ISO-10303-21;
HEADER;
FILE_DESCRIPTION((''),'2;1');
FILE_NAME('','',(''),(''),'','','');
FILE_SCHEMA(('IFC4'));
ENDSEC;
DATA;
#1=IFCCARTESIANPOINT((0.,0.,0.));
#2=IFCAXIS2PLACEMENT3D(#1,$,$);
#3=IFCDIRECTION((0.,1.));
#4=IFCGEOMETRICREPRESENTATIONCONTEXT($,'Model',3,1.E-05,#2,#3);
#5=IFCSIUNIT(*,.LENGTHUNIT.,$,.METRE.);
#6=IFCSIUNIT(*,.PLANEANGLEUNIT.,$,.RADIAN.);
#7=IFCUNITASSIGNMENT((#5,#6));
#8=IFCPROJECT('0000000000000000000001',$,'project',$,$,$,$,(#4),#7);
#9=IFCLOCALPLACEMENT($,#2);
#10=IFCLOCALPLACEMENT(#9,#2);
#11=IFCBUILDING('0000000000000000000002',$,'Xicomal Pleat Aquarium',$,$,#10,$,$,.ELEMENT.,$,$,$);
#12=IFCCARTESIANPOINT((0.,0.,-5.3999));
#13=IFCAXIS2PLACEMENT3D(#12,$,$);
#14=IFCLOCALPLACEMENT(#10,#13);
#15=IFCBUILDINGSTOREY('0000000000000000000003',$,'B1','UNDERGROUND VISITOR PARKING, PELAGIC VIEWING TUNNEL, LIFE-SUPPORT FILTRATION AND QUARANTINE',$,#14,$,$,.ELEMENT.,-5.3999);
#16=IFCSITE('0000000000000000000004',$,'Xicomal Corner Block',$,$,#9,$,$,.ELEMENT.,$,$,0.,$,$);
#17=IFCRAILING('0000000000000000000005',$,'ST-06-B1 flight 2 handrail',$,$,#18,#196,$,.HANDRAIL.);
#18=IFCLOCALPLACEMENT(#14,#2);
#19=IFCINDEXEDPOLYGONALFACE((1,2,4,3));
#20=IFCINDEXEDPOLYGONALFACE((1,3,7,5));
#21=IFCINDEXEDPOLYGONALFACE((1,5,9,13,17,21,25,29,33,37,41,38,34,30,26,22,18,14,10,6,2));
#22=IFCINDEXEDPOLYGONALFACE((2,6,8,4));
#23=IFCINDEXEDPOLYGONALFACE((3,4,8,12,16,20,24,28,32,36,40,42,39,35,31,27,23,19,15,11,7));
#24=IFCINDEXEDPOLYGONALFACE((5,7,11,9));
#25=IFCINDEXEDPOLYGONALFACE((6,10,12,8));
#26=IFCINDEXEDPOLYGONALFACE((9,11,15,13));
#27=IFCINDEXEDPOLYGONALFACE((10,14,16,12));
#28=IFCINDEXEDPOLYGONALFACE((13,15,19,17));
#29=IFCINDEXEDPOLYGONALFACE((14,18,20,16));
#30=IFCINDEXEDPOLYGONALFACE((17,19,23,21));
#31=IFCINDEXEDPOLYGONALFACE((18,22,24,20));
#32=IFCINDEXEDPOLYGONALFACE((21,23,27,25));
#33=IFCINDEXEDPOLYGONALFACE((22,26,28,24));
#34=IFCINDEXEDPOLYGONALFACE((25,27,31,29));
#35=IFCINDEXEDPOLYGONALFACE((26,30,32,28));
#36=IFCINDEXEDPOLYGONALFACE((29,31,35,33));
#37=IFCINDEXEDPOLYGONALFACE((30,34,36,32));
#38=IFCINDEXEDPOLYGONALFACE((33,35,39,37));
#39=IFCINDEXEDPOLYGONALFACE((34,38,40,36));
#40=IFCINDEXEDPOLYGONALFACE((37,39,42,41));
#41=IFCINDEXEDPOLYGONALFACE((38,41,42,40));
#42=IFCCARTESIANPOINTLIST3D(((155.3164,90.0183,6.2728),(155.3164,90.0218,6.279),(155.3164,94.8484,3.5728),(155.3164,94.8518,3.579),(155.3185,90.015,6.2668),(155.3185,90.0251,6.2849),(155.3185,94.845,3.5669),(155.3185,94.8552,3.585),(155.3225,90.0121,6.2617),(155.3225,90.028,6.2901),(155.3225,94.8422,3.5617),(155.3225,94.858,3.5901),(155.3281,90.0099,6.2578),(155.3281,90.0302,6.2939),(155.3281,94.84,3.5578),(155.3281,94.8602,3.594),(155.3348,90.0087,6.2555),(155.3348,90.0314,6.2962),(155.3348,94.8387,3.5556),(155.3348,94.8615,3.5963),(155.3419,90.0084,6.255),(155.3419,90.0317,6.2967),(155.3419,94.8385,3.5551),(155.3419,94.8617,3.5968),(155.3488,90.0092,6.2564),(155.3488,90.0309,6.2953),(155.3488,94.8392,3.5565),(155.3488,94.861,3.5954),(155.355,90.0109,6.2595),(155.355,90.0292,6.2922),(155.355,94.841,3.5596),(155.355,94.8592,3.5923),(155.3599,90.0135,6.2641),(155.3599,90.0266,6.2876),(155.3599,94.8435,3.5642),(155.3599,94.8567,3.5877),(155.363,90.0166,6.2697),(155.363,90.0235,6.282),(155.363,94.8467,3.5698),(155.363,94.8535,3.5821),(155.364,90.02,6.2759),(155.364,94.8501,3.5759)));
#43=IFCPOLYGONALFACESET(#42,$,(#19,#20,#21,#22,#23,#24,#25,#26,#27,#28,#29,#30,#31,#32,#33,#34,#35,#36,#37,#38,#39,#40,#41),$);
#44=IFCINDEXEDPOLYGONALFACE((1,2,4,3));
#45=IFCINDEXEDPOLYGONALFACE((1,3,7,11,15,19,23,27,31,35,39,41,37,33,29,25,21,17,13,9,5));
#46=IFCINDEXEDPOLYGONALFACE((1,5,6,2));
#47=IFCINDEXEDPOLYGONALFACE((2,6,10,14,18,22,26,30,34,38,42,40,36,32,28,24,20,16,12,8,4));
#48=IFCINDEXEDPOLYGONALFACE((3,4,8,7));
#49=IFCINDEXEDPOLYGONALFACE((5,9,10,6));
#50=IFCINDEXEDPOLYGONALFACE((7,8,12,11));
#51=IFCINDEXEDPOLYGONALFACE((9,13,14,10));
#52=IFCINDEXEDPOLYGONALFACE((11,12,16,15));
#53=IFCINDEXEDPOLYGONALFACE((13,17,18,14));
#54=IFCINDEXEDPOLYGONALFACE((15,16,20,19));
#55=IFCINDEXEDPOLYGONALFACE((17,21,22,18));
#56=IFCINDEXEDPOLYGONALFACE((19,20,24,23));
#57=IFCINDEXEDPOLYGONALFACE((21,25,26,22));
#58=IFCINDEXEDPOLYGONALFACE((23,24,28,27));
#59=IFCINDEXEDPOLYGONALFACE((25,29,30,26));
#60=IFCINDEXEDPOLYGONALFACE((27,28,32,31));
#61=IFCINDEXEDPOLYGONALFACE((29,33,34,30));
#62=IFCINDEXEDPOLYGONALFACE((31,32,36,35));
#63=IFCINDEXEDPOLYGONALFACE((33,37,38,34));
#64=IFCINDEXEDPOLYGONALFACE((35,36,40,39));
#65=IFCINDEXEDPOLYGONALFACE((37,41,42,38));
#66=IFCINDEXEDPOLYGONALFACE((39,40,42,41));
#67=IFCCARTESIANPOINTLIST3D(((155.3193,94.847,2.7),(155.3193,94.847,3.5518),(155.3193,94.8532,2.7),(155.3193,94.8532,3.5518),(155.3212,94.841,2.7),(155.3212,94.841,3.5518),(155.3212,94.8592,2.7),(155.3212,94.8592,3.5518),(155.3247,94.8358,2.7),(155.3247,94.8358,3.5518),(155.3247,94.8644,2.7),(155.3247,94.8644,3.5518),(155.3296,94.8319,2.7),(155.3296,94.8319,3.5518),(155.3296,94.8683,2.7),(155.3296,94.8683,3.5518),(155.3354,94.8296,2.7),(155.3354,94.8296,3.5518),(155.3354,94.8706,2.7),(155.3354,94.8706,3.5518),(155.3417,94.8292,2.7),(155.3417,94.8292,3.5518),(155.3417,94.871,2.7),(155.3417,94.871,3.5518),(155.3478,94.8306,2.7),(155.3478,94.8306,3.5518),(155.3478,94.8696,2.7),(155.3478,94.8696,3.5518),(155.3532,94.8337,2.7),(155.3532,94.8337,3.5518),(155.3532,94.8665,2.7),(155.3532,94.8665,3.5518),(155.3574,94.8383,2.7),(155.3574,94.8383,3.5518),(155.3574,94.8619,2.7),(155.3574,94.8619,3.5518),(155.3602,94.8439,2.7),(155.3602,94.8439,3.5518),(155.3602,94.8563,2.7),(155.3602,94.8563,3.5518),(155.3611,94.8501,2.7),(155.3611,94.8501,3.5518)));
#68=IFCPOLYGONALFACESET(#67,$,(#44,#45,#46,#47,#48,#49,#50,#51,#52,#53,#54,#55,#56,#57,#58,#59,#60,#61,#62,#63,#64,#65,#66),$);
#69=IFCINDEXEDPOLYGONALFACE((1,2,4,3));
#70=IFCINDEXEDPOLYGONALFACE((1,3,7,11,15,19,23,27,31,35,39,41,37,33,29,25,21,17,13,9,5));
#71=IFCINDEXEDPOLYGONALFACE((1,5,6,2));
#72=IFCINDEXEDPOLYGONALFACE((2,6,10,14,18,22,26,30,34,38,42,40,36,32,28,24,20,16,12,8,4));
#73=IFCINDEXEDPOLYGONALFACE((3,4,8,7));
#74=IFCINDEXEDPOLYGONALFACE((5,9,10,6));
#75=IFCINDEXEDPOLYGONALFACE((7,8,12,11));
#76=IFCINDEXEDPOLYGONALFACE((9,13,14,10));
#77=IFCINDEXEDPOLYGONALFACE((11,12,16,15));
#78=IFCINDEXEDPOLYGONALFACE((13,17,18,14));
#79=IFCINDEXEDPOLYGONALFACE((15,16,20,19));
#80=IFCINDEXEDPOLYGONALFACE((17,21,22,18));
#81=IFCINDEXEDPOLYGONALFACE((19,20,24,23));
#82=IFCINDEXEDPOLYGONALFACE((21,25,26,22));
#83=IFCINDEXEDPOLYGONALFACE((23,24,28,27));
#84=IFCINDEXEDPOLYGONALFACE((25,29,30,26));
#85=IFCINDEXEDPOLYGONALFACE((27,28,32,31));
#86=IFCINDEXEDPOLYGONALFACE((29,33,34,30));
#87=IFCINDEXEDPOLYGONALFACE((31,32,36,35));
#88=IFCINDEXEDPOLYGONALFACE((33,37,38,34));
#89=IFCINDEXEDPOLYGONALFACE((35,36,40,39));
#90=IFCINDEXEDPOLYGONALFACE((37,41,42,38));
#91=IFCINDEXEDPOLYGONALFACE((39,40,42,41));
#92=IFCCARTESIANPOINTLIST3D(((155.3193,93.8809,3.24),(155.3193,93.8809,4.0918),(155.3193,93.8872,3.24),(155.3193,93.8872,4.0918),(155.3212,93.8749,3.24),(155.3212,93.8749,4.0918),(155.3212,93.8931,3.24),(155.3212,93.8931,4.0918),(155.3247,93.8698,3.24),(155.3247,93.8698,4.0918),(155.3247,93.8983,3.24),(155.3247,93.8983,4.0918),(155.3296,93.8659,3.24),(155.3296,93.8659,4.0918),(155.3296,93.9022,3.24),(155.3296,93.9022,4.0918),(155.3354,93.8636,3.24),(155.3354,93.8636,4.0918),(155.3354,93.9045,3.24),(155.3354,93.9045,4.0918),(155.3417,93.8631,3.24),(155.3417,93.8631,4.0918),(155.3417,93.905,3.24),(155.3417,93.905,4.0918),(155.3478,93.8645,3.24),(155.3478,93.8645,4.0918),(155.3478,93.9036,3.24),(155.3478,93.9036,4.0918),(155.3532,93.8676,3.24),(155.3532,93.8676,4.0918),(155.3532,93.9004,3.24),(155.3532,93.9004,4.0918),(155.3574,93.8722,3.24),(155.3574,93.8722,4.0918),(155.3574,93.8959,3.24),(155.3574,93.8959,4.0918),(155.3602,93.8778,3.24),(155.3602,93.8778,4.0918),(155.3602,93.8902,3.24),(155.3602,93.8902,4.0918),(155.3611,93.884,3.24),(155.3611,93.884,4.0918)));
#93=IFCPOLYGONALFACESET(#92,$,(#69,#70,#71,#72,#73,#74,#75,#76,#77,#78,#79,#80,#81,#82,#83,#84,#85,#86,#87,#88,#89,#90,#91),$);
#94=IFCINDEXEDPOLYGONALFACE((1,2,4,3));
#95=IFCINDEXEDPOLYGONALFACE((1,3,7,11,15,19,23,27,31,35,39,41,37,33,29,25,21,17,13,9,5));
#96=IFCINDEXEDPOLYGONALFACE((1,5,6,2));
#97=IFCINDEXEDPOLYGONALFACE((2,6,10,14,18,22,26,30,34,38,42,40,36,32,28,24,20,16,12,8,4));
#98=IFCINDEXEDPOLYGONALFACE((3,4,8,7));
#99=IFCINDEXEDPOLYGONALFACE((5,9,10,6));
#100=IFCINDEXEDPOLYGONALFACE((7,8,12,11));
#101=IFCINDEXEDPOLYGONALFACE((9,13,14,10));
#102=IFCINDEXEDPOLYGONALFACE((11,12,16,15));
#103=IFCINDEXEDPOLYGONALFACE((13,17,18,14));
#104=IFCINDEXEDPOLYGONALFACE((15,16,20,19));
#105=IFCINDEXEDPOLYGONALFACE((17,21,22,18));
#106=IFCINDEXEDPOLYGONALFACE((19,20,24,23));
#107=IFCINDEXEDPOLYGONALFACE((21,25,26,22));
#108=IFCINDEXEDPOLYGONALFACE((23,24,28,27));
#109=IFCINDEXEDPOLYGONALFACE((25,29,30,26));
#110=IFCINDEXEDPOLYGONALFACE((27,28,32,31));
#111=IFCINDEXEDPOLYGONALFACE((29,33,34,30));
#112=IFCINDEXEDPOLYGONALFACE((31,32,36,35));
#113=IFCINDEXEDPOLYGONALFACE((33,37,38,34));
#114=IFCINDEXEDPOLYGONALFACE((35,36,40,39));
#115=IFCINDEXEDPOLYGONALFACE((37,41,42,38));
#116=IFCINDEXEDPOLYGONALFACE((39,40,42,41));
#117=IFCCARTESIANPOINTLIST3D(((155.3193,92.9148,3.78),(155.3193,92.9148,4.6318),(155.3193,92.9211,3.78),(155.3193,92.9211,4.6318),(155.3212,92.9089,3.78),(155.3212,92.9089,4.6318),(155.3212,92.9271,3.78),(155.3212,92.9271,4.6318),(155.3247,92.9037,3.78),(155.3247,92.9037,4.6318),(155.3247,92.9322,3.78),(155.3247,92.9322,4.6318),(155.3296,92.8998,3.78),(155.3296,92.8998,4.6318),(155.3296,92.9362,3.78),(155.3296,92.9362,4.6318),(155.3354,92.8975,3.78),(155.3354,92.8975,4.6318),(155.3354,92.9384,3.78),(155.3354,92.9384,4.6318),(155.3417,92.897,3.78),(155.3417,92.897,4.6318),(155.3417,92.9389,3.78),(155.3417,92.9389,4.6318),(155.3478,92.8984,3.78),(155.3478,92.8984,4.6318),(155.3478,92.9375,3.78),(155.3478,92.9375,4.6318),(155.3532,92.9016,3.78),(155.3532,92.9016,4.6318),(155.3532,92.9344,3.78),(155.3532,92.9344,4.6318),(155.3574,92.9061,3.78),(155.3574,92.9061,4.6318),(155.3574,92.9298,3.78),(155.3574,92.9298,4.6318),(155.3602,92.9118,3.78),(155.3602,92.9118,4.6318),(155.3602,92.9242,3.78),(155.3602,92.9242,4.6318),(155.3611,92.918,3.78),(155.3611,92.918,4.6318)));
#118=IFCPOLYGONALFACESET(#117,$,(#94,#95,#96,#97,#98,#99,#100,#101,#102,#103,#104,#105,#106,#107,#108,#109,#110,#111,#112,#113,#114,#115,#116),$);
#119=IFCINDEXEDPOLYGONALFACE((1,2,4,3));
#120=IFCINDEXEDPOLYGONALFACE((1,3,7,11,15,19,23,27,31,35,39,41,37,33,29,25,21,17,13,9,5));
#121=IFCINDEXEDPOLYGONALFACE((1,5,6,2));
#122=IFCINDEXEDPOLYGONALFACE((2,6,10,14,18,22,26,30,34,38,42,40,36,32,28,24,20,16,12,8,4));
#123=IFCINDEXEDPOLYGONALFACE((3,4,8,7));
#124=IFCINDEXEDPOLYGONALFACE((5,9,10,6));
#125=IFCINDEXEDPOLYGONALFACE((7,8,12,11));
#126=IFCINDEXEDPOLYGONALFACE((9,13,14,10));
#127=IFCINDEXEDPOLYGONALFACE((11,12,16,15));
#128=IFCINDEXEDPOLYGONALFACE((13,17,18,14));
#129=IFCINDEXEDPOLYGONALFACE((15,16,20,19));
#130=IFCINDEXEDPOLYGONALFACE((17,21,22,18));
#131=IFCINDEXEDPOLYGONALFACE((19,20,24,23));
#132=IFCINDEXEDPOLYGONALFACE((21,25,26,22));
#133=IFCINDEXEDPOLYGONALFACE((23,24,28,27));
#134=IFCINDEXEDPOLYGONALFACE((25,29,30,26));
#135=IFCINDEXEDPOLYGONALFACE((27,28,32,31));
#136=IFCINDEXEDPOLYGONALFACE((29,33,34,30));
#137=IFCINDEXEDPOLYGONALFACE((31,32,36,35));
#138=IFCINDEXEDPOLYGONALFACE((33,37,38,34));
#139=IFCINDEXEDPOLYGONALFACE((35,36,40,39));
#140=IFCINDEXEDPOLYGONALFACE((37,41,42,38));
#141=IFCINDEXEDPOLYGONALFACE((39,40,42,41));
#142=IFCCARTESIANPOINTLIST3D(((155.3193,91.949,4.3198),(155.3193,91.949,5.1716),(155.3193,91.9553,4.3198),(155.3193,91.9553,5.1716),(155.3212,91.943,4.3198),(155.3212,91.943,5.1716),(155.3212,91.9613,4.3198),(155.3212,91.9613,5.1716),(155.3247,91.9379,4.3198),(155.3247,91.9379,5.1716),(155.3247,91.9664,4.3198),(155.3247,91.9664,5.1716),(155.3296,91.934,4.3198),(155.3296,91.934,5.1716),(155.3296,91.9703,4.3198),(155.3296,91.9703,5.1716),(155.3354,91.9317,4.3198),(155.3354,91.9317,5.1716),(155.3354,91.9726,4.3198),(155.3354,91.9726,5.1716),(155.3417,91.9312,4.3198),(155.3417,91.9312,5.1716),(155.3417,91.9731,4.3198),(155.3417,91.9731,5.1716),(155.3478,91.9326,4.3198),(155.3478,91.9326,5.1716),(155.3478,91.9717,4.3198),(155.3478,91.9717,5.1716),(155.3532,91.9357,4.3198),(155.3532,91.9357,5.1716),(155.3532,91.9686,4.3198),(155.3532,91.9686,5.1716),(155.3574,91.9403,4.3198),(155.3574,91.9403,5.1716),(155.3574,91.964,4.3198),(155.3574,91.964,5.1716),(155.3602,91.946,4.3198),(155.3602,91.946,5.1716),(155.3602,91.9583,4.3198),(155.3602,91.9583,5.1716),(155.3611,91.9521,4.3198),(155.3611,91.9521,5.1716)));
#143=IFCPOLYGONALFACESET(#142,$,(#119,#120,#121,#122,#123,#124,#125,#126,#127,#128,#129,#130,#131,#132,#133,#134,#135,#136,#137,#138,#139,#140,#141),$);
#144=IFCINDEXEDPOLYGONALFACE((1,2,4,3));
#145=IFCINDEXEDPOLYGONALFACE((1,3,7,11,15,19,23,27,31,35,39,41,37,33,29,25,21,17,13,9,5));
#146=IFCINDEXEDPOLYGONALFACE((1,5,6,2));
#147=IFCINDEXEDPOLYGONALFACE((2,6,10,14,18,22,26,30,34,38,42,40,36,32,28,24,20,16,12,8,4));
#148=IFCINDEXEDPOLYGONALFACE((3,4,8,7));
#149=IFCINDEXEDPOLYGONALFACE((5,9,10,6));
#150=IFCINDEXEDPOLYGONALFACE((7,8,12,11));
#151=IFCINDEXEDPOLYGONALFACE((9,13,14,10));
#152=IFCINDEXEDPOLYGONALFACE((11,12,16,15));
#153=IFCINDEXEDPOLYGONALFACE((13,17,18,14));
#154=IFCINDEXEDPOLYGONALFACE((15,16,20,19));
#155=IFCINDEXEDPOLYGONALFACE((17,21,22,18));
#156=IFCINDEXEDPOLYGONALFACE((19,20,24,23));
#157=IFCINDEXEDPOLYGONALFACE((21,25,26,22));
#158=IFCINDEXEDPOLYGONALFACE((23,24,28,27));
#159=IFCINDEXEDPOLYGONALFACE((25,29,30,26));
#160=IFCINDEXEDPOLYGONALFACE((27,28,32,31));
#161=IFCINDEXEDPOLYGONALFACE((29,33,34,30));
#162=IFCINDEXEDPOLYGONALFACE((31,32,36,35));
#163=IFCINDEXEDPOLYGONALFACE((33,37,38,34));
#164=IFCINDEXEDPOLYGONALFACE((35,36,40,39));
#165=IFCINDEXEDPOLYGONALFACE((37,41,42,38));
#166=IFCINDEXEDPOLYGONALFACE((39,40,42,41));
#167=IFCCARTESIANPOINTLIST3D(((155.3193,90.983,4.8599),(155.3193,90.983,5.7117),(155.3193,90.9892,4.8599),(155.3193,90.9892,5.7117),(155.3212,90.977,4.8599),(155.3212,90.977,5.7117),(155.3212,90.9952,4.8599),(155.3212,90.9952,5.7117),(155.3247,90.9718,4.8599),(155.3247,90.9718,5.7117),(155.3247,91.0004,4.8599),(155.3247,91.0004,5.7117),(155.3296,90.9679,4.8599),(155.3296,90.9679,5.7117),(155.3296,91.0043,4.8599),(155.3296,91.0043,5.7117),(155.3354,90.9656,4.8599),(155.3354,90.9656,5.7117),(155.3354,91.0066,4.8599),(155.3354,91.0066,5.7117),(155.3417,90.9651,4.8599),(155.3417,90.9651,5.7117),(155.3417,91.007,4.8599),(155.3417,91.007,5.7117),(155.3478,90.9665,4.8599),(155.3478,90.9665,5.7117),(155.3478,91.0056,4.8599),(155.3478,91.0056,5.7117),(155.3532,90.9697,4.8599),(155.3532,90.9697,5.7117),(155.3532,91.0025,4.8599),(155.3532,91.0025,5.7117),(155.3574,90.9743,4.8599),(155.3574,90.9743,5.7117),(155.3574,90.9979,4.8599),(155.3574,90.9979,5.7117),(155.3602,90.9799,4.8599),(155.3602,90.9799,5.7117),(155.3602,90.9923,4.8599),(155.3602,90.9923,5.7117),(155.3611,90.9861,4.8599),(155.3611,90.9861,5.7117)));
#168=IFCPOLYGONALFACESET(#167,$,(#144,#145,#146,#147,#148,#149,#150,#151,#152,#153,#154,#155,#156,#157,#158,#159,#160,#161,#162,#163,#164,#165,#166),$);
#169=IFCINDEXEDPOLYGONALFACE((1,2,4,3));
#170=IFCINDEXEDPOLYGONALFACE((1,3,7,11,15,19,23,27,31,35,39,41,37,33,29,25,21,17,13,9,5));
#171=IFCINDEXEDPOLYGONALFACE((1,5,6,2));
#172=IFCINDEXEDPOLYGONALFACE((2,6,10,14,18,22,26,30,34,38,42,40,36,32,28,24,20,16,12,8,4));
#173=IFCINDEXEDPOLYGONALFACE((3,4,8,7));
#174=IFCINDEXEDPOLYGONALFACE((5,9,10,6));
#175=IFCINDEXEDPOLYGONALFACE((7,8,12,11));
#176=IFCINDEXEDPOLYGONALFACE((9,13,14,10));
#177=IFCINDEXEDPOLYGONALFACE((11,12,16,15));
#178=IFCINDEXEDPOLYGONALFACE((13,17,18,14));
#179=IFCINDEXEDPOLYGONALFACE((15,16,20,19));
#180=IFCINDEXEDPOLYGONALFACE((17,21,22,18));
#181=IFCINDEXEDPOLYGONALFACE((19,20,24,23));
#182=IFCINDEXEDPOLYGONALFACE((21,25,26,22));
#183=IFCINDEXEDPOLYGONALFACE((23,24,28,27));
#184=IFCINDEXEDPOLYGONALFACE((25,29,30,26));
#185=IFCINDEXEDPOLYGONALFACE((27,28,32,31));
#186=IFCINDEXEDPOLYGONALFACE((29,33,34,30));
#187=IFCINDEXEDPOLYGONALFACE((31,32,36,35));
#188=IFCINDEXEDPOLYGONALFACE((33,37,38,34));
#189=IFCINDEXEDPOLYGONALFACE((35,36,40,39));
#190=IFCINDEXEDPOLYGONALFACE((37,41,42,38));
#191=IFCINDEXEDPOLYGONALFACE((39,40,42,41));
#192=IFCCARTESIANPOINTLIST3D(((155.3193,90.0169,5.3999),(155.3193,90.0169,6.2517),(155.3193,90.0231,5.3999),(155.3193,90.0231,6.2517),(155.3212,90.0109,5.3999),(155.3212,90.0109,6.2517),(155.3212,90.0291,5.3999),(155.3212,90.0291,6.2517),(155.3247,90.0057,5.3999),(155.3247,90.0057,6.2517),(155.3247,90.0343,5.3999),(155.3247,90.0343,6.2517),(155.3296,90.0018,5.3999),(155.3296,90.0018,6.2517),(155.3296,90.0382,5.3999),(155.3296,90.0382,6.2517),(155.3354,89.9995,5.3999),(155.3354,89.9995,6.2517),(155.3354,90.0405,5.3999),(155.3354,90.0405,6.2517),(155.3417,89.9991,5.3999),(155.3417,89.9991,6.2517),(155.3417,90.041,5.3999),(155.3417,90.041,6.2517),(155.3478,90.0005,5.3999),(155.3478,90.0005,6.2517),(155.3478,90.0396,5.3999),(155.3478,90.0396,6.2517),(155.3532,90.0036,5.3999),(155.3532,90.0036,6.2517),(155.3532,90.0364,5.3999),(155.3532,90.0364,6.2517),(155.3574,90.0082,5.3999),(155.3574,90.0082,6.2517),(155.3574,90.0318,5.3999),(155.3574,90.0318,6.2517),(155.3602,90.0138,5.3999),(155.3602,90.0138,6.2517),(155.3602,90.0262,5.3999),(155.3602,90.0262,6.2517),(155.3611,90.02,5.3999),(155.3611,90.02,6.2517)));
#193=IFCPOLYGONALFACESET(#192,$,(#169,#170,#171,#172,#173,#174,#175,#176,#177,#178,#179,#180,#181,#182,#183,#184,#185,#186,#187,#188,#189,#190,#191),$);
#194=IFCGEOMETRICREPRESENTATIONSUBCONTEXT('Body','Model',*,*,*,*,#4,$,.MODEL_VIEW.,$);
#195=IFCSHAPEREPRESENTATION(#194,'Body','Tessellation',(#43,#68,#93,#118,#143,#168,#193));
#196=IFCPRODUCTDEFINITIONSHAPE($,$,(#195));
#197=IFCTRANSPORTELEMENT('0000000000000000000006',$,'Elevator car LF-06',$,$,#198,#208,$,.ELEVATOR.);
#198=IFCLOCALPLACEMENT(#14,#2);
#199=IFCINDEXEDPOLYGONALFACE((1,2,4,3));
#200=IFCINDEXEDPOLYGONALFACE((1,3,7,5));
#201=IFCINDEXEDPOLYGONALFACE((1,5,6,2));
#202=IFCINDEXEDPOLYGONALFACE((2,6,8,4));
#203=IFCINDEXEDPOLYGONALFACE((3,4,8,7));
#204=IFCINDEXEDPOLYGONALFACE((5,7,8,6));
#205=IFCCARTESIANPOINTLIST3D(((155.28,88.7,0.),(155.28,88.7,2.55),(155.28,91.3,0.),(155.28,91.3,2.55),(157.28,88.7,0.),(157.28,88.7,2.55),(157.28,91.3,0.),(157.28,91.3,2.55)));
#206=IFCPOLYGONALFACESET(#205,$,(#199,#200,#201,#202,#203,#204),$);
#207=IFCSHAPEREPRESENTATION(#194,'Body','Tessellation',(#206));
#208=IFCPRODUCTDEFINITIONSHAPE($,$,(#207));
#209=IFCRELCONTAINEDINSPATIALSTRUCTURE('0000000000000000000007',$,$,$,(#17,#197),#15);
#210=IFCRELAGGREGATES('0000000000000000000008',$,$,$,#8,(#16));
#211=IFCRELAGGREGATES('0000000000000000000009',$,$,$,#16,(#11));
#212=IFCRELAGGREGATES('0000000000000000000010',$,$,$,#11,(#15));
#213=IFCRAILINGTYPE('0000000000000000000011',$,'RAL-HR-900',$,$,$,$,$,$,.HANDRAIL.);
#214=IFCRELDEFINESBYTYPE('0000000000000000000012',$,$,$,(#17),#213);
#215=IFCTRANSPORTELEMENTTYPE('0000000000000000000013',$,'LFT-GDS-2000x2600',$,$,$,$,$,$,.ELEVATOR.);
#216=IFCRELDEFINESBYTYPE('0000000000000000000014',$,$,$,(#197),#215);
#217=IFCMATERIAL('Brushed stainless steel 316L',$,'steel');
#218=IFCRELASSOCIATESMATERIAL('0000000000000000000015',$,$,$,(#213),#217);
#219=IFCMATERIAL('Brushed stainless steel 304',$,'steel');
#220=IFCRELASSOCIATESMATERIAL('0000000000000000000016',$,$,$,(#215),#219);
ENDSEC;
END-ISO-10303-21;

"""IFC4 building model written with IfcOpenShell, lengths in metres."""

from ifc_helpers import new_model, si_unit, direction, frame, origin, origin_2d, place, context, subcontext, project, spatial, rectangle, circle, extrude, material, type_object, element, save


model = new_model("IFC4")

# Units and contexts
model_context = context("Model", 3, precision=1e-05, world=origin(), true_north=direction((0.0, 1.0)))
body_context = subcontext(model_context, "Body", "Model", "MODEL_VIEW")
ifc_project = project(units=[si_unit("LENGTHUNIT", "METRE"), si_unit("PLANEANGLEUNIT", "RADIAN")], contexts=[model_context])

# Site, building, storey
site_placement = place(None, origin())
site = spatial("IfcSite", under=ifc_project, at=site_placement, Name="Xicomal Corner Block", CompositionType="ELEMENT", RefElevation=0.0)
building_placement = place(site_placement, origin())
building = spatial("IfcBuilding", under=site, at=building_placement, Name="Xicomal Pleat Aquarium", CompositionType="ELEMENT")
storey_placement = place(building_placement, frame((0.0, 0.0, -5.3999)))
storey = spatial("IfcBuildingStorey", under=building, at=storey_placement, Name="B1", Description="UNDERGROUND VISITOR PARKING, PELAGIC VIEWING TUNNEL, LIFE-SUPPORT FILTRATION AND QUARANTINE", CompositionType="ELEMENT", Elevation=-5.3999)

# Railing
ifc_material_1 = material(Name="Brushed stainless steel 316L", Category="steel")
railing_type_1 = type_object("IfcRailingType", Name="RAL-HR-900", PredefinedType="HANDRAIL", material=ifc_material_1)
railing_1_placement = place(storey_placement, frame((155.3401, 94.8501, 2.7)))
element("IfcRailing", 1, at=railing_1_placement, inside=storey, type_object=railing_type_1, Name="ST-06-B1 flight 2 handrail", PredefinedType="HANDRAIL", context=body_context, shape_type="SweptSolid", body=[
    extrude(circle(Radius=0.0239, at=origin_2d()), frame((0.0, 0.0, 0.876), z_axis=(0.0, -0.872883, 0.48793), x_axis=(1.0, 0.0, 0.0)), (0.0, 0.0, 1.0), 5.5334),
    extrude(circle(Radius=0.021, at=origin_2d()), origin(), (0.0, 0.0, 1.0), 0.8518),
    extrude(circle(Radius=0.021, at=origin_2d()), frame((0.0, -0.9661, 0.54)), (0.0, 0.0, 1.0), 0.8518),
    extrude(circle(Radius=0.021, at=origin_2d()), frame((0.0, -1.9321, 1.0801)), (0.0, 0.0, 1.0), 0.8518),
    extrude(circle(Radius=0.021, at=origin_2d()), frame((0.0, -2.8979, 1.6199)), (0.0, 0.0, 1.0), 0.8518),
    extrude(circle(Radius=0.021, at=origin_2d()), frame((0.0, -3.864, 2.1599)), (0.0, 0.0, 1.0), 0.8518),
    extrude(circle(Radius=0.021, at=origin_2d()), frame((0.0, -4.8301, 2.7)), (0.0, 0.0, 1.0), 0.8518),
])

# Transport element
ifc_material_2 = material(Name="Brushed stainless steel 304", Category="steel")
transport_element_type = type_object("IfcTransportElementType", Name="LFT-GDS-2000x2600", PredefinedType="ELEVATOR", material=ifc_material_2)
transport_element_placement = place(storey_placement, frame((156.28, 90.0, 0.0), z_axis=(0.0, 0.0, 1.0), x_axis=(1.0, 0.0, 0.0)))
element("IfcTransportElement", 2, at=transport_element_placement, inside=storey, type_object=transport_element_type, Name="Elevator car LF-06", PredefinedType="ELEVATOR", context=body_context, shape_type="SweptSolid", body=[
    extrude(rectangle(XDim=2.0, YDim=2.6001, at=origin_2d()), origin(), (0.0, 0.0, 1.0), 2.55),
])

save(model, "model.ifc")
